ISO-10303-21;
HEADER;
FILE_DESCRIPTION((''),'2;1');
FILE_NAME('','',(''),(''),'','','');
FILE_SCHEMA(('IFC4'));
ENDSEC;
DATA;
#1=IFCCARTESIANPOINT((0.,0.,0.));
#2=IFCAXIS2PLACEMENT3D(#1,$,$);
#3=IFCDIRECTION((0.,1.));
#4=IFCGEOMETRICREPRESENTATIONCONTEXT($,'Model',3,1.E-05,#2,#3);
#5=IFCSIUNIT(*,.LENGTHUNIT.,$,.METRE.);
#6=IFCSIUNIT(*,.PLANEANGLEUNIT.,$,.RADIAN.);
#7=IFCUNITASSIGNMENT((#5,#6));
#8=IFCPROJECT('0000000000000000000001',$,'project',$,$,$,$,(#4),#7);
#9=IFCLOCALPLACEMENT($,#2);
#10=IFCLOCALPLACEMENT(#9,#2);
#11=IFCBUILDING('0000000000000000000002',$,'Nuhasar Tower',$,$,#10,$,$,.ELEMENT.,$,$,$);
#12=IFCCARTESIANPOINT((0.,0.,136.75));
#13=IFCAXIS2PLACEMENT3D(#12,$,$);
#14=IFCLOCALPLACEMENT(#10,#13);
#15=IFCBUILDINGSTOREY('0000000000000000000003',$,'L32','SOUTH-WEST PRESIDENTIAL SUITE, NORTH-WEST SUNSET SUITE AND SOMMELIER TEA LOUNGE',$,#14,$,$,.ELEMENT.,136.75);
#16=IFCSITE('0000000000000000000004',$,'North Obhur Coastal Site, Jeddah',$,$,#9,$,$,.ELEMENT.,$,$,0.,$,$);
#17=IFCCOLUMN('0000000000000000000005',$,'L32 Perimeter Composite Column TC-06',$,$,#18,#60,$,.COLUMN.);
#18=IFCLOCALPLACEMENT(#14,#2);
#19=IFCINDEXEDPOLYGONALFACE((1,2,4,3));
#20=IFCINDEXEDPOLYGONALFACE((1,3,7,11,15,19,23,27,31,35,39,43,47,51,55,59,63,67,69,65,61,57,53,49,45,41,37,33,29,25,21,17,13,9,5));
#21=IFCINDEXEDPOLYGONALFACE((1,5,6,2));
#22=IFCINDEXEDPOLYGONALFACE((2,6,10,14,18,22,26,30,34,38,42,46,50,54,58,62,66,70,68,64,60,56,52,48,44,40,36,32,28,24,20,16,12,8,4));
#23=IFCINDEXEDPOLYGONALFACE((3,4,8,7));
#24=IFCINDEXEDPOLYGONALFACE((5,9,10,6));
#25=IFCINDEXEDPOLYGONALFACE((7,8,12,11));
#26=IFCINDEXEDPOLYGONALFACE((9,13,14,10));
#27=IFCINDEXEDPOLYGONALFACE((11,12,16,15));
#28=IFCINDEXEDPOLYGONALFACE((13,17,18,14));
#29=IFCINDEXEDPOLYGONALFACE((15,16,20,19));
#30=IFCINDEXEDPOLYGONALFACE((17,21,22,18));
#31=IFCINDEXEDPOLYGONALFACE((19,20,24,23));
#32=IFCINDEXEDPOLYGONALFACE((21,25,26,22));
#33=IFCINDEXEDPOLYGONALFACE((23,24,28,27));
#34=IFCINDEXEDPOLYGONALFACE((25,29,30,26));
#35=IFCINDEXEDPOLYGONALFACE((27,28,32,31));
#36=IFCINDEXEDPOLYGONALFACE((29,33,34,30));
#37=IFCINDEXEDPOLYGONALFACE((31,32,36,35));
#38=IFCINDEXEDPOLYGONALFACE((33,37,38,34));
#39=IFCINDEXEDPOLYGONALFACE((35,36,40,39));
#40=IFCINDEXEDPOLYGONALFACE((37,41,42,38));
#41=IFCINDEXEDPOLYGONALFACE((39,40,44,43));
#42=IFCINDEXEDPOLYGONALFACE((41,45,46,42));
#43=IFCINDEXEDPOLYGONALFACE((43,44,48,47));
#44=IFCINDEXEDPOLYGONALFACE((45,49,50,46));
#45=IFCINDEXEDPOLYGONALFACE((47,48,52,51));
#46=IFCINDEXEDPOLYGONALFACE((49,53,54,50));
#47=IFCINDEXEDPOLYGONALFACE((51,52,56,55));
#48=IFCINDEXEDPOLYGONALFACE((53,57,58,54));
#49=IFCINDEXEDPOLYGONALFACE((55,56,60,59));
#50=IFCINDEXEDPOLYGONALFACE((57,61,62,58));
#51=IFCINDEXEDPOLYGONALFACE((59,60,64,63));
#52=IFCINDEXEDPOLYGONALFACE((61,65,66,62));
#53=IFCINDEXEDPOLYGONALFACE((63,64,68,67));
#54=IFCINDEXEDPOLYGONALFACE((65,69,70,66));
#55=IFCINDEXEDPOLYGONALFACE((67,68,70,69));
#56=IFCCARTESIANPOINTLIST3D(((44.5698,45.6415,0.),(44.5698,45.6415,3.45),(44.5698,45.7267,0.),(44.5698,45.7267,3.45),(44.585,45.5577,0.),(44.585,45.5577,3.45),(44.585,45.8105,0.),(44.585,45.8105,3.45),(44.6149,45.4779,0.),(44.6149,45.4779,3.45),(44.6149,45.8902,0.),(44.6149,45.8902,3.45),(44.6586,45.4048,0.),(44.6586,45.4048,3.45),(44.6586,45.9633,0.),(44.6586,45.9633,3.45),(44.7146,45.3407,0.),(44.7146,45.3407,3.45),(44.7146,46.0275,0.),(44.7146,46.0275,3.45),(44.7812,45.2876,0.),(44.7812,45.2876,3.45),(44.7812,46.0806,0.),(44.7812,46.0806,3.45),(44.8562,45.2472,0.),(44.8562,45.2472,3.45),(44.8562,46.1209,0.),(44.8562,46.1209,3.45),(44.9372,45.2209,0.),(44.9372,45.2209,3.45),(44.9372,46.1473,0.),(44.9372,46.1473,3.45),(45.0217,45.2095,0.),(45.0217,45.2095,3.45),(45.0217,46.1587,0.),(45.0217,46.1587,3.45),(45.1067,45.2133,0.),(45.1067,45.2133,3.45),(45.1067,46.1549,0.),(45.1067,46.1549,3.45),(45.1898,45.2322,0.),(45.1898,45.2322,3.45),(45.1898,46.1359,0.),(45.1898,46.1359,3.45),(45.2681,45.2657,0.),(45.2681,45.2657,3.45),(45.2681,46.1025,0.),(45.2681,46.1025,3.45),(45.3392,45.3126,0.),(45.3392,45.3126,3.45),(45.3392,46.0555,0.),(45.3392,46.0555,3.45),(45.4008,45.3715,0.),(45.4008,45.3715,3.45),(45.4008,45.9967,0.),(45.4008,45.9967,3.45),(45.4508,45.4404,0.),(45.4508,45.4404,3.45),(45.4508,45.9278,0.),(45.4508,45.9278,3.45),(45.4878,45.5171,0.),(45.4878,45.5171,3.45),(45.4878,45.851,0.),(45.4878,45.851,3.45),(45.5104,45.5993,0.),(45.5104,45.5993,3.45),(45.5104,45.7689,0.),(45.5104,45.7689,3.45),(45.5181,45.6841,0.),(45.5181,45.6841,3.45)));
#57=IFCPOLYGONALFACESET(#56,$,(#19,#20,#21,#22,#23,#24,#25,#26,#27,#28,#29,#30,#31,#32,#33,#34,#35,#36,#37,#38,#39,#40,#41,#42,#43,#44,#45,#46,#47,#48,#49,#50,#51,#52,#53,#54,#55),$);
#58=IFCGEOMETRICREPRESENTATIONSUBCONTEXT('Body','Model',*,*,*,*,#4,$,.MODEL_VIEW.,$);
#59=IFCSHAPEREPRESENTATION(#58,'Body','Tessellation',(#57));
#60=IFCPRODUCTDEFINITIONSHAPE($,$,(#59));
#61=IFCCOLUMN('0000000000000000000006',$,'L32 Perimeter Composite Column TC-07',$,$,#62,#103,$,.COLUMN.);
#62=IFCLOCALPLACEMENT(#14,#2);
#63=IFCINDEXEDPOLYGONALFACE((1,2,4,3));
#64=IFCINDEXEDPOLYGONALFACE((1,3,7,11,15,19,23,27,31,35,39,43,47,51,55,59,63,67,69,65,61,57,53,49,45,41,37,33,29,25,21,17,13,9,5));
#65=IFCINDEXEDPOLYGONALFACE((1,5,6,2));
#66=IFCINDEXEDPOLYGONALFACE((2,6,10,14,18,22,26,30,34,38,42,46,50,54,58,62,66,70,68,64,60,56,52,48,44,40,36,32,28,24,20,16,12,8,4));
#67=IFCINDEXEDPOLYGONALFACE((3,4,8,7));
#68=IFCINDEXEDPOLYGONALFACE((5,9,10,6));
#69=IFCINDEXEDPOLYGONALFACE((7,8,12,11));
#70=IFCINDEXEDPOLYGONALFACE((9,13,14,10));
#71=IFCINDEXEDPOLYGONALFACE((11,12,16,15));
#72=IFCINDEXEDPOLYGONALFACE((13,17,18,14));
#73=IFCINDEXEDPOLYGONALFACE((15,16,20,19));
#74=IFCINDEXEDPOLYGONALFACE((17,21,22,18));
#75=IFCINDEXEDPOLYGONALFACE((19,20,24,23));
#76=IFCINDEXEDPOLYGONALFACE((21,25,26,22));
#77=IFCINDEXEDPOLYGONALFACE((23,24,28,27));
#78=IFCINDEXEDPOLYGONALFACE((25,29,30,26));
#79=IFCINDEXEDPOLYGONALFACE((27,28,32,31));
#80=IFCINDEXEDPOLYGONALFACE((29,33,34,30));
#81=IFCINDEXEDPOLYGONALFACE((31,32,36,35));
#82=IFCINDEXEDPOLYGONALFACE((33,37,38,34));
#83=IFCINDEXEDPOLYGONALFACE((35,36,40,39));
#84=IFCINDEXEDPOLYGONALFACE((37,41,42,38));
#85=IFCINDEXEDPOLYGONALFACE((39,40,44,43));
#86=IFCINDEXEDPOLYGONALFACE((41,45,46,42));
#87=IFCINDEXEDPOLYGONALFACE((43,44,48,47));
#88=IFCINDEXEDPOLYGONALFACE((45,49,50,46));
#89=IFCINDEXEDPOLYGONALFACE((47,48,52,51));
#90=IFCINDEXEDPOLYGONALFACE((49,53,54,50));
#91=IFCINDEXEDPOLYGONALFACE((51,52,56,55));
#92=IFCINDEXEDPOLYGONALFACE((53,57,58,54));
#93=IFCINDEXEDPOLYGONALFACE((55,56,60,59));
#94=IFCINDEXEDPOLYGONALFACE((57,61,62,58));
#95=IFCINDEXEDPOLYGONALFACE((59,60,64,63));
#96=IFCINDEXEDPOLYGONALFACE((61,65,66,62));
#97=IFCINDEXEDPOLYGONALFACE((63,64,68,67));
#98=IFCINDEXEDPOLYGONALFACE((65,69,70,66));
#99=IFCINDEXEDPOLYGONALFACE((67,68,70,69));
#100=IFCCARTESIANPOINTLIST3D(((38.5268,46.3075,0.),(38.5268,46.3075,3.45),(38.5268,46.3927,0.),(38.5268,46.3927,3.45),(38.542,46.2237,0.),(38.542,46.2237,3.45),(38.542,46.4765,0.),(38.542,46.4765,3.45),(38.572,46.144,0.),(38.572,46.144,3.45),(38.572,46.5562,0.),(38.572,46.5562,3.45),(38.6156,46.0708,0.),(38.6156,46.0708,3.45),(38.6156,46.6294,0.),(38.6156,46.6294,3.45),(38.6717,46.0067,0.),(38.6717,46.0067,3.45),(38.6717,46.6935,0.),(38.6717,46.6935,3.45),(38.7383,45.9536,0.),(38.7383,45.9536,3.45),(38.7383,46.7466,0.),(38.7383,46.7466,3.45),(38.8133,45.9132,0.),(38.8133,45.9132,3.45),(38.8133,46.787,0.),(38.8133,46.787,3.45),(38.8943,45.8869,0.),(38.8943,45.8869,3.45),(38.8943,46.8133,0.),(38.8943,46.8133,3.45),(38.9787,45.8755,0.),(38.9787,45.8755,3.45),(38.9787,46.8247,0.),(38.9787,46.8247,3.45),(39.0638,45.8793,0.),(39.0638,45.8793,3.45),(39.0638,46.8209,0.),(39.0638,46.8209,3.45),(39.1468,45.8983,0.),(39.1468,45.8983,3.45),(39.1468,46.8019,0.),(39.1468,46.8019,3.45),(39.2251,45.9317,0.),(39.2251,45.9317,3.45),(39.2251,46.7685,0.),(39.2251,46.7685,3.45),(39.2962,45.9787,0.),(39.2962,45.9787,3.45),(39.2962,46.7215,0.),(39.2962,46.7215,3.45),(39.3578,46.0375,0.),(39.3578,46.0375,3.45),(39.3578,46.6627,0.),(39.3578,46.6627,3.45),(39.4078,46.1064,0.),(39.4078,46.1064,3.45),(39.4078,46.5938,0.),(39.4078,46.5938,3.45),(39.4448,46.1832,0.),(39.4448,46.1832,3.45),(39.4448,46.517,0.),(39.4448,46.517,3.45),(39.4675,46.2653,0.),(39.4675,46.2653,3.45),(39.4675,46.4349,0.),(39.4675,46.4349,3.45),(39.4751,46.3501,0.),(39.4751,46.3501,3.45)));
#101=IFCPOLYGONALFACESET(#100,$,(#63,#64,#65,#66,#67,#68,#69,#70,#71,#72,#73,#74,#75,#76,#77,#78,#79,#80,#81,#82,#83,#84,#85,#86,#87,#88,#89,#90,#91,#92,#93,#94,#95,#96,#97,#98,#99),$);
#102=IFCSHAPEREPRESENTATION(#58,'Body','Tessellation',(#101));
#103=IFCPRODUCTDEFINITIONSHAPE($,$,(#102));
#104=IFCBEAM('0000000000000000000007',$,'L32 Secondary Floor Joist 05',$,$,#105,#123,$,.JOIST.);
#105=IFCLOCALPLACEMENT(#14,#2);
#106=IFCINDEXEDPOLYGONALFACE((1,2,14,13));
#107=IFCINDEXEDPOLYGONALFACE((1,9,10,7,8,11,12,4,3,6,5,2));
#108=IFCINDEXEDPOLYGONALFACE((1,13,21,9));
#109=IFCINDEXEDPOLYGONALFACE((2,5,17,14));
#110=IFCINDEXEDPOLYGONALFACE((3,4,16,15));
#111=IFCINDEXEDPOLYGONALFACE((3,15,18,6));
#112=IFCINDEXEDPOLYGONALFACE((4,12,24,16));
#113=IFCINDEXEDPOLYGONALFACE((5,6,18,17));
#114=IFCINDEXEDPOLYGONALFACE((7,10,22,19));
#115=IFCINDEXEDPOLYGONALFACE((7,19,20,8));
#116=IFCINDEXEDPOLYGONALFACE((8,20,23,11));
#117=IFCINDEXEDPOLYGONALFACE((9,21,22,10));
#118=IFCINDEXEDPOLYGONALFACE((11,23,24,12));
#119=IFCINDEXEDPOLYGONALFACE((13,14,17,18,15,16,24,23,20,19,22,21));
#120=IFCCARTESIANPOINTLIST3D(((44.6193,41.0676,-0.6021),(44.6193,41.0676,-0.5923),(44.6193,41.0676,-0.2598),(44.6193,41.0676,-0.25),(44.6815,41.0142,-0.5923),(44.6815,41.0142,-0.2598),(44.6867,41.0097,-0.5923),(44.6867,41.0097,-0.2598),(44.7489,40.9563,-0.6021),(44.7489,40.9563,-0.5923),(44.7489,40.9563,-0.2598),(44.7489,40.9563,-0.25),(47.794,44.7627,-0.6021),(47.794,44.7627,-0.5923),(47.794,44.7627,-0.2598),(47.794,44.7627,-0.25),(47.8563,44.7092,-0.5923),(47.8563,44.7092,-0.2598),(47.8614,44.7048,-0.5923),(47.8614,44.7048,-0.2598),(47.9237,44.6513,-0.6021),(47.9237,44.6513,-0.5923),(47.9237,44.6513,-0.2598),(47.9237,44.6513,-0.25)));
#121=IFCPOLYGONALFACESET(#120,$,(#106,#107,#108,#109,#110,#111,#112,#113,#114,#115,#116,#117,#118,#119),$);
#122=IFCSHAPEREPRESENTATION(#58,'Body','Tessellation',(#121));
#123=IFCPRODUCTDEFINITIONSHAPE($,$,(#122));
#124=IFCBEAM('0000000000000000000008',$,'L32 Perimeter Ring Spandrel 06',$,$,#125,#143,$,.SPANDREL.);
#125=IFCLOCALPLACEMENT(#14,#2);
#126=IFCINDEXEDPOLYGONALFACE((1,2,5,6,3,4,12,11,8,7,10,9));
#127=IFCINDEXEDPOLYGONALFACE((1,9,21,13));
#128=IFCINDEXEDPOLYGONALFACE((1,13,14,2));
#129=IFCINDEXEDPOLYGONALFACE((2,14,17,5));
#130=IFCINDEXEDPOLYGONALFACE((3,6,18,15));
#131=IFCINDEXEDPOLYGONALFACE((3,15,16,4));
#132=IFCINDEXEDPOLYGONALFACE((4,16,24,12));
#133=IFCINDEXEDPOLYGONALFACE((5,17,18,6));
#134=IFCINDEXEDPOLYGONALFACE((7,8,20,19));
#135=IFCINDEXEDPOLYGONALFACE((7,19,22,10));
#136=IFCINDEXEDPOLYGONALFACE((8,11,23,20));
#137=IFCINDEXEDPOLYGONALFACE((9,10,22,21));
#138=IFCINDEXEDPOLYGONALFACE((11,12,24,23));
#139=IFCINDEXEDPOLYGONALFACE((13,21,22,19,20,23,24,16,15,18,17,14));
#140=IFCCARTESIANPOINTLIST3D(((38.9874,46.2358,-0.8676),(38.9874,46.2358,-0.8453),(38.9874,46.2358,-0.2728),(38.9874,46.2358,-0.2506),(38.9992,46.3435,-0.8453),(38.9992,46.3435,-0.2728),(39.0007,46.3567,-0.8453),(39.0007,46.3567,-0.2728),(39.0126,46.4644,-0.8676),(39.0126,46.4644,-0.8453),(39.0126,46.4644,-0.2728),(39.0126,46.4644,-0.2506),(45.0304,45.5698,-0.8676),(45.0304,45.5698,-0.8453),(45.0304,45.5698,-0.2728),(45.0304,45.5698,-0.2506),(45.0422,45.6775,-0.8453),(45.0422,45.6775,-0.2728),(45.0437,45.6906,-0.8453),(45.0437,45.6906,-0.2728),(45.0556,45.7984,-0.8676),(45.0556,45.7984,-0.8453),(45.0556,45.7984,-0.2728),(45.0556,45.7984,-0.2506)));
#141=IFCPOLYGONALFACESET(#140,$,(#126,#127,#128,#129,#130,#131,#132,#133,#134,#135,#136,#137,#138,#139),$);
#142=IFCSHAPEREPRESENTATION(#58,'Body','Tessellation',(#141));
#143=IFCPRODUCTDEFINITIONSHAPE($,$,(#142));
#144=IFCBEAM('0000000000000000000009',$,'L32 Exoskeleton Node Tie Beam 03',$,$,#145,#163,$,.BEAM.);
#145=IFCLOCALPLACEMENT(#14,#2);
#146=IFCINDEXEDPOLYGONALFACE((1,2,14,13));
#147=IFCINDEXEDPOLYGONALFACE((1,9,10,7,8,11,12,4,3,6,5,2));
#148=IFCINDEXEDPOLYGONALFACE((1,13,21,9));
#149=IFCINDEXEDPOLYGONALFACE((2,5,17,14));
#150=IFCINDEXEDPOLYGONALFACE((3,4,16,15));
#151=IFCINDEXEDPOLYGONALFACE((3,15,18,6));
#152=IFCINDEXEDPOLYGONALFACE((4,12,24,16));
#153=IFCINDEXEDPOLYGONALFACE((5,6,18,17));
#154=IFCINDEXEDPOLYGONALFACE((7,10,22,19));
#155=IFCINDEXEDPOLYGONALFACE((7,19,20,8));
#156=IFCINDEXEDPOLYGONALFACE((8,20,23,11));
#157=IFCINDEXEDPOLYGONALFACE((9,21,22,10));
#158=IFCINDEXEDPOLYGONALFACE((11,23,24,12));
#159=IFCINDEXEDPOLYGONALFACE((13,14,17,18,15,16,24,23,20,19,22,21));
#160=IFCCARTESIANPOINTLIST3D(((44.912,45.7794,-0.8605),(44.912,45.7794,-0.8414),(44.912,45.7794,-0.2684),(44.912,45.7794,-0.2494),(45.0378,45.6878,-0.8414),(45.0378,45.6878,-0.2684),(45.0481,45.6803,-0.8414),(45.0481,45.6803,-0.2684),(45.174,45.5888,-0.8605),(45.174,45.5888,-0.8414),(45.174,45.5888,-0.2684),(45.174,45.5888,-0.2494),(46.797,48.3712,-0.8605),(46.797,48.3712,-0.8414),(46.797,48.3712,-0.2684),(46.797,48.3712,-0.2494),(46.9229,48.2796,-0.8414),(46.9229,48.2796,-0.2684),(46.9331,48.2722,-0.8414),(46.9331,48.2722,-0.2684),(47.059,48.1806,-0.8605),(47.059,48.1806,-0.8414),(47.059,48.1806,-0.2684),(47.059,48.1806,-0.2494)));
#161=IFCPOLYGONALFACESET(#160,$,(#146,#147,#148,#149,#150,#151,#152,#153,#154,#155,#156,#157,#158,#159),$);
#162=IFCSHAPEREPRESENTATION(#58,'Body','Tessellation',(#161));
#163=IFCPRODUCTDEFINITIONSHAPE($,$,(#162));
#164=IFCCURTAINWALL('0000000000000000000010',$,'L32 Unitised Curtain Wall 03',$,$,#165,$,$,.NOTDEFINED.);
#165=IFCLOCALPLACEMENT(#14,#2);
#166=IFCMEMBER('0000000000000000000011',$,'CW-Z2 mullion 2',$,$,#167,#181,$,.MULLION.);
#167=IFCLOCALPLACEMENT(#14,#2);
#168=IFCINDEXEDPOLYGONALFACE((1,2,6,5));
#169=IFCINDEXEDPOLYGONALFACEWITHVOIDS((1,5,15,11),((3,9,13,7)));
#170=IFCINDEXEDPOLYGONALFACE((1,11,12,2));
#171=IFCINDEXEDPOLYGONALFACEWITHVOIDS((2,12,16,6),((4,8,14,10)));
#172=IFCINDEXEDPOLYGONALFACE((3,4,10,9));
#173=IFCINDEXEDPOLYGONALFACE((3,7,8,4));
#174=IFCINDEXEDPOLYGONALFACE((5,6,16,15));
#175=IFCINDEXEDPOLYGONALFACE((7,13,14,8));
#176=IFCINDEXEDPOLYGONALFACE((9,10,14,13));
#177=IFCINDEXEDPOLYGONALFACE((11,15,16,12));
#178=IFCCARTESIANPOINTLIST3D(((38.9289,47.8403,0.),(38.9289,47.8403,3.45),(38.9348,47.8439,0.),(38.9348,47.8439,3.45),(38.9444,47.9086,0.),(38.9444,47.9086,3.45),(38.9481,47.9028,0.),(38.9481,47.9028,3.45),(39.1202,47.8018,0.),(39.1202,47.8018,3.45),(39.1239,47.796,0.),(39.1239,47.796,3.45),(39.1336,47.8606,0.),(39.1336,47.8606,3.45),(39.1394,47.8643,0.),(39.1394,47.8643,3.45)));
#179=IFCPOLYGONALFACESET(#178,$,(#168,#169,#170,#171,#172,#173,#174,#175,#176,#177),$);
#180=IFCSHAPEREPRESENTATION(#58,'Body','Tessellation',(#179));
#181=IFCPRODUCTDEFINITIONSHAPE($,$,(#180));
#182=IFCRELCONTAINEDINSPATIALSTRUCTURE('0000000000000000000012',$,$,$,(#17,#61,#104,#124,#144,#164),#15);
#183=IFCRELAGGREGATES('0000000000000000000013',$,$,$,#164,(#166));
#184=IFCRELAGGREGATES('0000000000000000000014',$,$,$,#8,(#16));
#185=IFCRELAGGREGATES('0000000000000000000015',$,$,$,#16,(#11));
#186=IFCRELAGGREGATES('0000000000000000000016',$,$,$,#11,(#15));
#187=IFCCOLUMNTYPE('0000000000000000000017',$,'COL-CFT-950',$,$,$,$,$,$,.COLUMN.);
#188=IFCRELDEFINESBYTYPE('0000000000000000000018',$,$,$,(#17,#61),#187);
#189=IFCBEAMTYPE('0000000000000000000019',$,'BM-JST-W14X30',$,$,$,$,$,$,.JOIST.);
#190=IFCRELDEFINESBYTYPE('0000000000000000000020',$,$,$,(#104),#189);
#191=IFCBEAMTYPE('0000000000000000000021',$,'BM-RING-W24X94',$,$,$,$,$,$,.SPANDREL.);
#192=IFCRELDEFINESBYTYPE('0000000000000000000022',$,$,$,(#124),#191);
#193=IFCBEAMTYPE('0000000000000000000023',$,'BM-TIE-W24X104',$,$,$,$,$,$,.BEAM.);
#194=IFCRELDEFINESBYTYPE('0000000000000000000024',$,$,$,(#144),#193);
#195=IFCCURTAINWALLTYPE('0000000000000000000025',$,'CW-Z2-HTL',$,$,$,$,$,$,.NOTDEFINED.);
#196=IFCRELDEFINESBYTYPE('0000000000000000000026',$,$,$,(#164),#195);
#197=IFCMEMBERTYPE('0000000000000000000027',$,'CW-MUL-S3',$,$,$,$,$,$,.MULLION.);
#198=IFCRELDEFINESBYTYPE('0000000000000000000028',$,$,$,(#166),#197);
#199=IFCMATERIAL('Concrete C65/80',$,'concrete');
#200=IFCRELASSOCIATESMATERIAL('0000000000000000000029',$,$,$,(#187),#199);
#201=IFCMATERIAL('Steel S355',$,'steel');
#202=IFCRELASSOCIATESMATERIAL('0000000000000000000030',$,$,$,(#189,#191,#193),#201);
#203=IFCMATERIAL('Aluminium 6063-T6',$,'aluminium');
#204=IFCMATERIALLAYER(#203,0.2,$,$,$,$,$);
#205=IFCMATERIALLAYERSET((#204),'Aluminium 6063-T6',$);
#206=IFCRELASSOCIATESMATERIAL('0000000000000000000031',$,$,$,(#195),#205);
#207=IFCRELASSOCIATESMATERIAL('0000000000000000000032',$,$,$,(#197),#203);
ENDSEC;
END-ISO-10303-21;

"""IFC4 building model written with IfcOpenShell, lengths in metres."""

from ifc_helpers import new_model, si_unit, direction, frame, origin, origin_2d, place, context, subcontext, project, spatial, hollow_rectangle, circle, i_section, extrude, material, layer, layer_set, material_profile, profile_set, type_object, element, aggregate, save


model = new_model("IFC4")

# Units and contexts
model_context = context("Model", 3, precision=1e-05, world=origin(), true_north=direction((0.0, 1.0)))
body_context = subcontext(model_context, "Body", "Model", "MODEL_VIEW")
ifc_project = project(units=[si_unit("LENGTHUNIT", "METRE"), si_unit("PLANEANGLEUNIT", "RADIAN")], contexts=[model_context])

# Site, building, storey
site_placement = place(None, origin())
site = spatial("IfcSite", under=ifc_project, at=site_placement, Name="North Obhur Coastal Site, Jeddah", CompositionType="ELEMENT", RefElevation=0.0)
building_placement = place(site_placement, origin())
building = spatial("IfcBuilding", under=site, at=building_placement, Name="Nuhasar Tower", CompositionType="ELEMENT")
storey_placement = place(building_placement, frame((0.0, 0.0, 136.75)))
storey = spatial("IfcBuildingStorey", under=building, at=storey_placement, Name="L32", Description="SOUTH-WEST PRESIDENTIAL SUITE, NORTH-WEST SUNSET SUITE AND SOMMELIER TEA LOUNGE", CompositionType="ELEMENT", Elevation=136.75)

# Columns
ifc_material_1 = material(Name="Concrete C65/80", Category="concrete")
ifc_material_profile_1 = material_profile(ifc_material_1, circle(Radius=0.4751, at=origin_2d()), Name="CFT950")
ifc_profile_set_1 = profile_set([ifc_material_profile_1], Name="Concrete C65/80")
column_type = type_object("IfcColumnType", Name="COL-CFT-950", PredefinedType="COLUMN", material=ifc_profile_set_1)
for number, where, z_axis, x_axis, name in (
    (1, (45.043, 45.6841, 0.0), (0.0, 0.0, 1.0), (1.0, 0.0, 0.0), "L32 Perimeter Composite Column TC-06"),
    (2, (39.0, 46.3501, 0.0), (0.0, 0.0, 1.0), (1.0, 0.0, 0.0), "L32 Perimeter Composite Column TC-07"),
):
    element("IfcColumn", number, at=place(storey_placement, frame(where, z_axis=z_axis, x_axis=x_axis)), inside=storey, type_object=column_type, Name=name, PredefinedType="COLUMN", context=body_context, shape_type="SweptSolid", body=[
        extrude(circle(Radius=0.4751, at=origin_2d()), origin(), (0.0, 0.0, 1.0), 3.45),
    ])

# Beams
ifc_material_2 = material(Name="Steel S355", Category="steel")
ifc_material_profile_2 = material_profile(ifc_material_2, i_section(OverallWidth=0.1709, OverallDepth=0.3521, WebThickness=0.0068, FlangeThickness=0.0098, at=origin_2d()), Name="W14X30")
ifc_profile_set_2 = profile_set([ifc_material_profile_2], Name="Steel S355")
beam_type_1 = type_object("IfcBeamType", Name="BM-JST-W14X30", PredefinedType="JOIST", material=ifc_profile_set_2)
beam_1_placement = place(storey_placement, frame((44.6841, 41.012, -0.426), z_axis=(0.651691, 0.758485, 0.0), x_axis=(-0.758485, 0.651691, 0.0)))
element("IfcBeam", 3, at=beam_1_placement, inside=storey, type_object=beam_type_1, Name="L32 Secondary Floor Joist 05", PredefinedType="JOIST", context=body_context, shape_type="SweptSolid", body=[
    extrude(i_section(OverallWidth=0.1709, OverallDepth=0.3521, WebThickness=0.0068, FlangeThickness=0.0098, at=origin_2d()), origin(), (0.0, 0.0, 1.0), 4.8716),
])
ifc_material_profile_3 = material_profile(ifc_material_2, i_section(OverallWidth=0.23, OverallDepth=0.6169, WebThickness=0.0132, FlangeThickness=0.0222, at=origin_2d()), Name="W24X94")
ifc_profile_set_3 = profile_set([ifc_material_profile_3], Name="Steel S355")
beam_type_2 = type_object("IfcBeamType", Name="BM-RING-W24X94", PredefinedType="SPANDREL", material=ifc_profile_set_3)
beam_2_placement = place(storey_placement, frame((45.043, 45.6841, -0.5591), z_axis=(-0.993981, 0.10955, 0.0), x_axis=(-0.10955, -0.993981, 0.0)))
element("IfcBeam", 4, at=beam_2_placement, inside=storey, type_object=beam_type_2, Name="L32 Perimeter Ring Spandrel 06", PredefinedType="SPANDREL", context=body_context, shape_type="SweptSolid", body=[
    extrude(i_section(OverallWidth=0.23, OverallDepth=0.6169, WebThickness=0.0132, FlangeThickness=0.0222, at=origin_2d()), origin(), (0.0, 0.0, 1.0), 6.0796),
])
ifc_material_profile_4 = material_profile(ifc_material_2, i_section(OverallWidth=0.324, OverallDepth=0.6111, WebThickness=0.0127, FlangeThickness=0.019, at=origin_2d()), Name="W24X104")
ifc_profile_set_4 = profile_set([ifc_material_profile_4], Name="Steel S355")
beam_type_3 = type_object("IfcBeamType", Name="BM-TIE-W24X104", PredefinedType="BEAM", material=ifc_profile_set_4)
beam_3_placement = place(storey_placement, frame((45.043, 45.6841, -0.5549), z_axis=(0.588185, 0.808726, 0.0), x_axis=(-0.808726, 0.588185, 0.0)))
element("IfcBeam", 5, at=beam_3_placement, inside=storey, type_object=beam_type_3, Name="L32 Exoskeleton Node Tie Beam 03", PredefinedType="BEAM", context=body_context, shape_type="SweptSolid", body=[
    extrude(i_section(OverallWidth=0.324, OverallDepth=0.6111, WebThickness=0.0127, FlangeThickness=0.019, at=origin_2d()), origin(), (0.0, 0.0, 1.0), 3.2048),
])

# Curtain wall, member
ifc_material_3 = material(Name="Aluminium 6063-T6", Category="aluminium")
ifc_layer_1 = layer(ifc_material_3, 0.2)
ifc_layer_set_1 = layer_set([ifc_layer_1], Name="Aluminium 6063-T6")
curtain_wall_type = type_object("IfcCurtainWallType", Name="CW-Z2-HTL", PredefinedType="NOTDEFINED", material=ifc_layer_set_1)
curtain_wall_placement = place(storey_placement, origin())
curtain_wall = element("IfcCurtainWall", 6, at=curtain_wall_placement, inside=storey, type_object=curtain_wall_type, Name="L32 Unitised Curtain Wall 03", PredefinedType="NOTDEFINED")
ifc_material_profile_5 = material_profile(ifc_material_3, hollow_rectangle(XDim=0.0701, YDim=0.2, WallThickness=0.0049, at=origin_2d()), Name="CWM-3")
ifc_profile_set_5 = profile_set([ifc_material_profile_5], Name="Aluminium 6063-T6")
member_type_1 = type_object("IfcMemberType", Name="CW-MUL-S3", PredefinedType="MULLION", material=ifc_profile_set_5)
member_1_placement = place(storey_placement, frame((39.0342, 47.8523, 0.0), z_axis=(0.0, 0.0, 1.0), x_axis=(-0.221397, -0.975184, 0.0)))
member_1 = element("IfcMember", 7, at=member_1_placement, type_object=member_type_1, Name="CW-Z2 mullion 2", PredefinedType="MULLION", context=body_context, shape_type="SweptSolid", body=[
    extrude(hollow_rectangle(XDim=0.0701, YDim=0.2, WallThickness=0.0049, at=origin_2d()), origin(), (0.0, 0.0, 1.0), 3.45),
])

aggregate(curtain_wall, [member_1])

save(model, "model.ifc")
